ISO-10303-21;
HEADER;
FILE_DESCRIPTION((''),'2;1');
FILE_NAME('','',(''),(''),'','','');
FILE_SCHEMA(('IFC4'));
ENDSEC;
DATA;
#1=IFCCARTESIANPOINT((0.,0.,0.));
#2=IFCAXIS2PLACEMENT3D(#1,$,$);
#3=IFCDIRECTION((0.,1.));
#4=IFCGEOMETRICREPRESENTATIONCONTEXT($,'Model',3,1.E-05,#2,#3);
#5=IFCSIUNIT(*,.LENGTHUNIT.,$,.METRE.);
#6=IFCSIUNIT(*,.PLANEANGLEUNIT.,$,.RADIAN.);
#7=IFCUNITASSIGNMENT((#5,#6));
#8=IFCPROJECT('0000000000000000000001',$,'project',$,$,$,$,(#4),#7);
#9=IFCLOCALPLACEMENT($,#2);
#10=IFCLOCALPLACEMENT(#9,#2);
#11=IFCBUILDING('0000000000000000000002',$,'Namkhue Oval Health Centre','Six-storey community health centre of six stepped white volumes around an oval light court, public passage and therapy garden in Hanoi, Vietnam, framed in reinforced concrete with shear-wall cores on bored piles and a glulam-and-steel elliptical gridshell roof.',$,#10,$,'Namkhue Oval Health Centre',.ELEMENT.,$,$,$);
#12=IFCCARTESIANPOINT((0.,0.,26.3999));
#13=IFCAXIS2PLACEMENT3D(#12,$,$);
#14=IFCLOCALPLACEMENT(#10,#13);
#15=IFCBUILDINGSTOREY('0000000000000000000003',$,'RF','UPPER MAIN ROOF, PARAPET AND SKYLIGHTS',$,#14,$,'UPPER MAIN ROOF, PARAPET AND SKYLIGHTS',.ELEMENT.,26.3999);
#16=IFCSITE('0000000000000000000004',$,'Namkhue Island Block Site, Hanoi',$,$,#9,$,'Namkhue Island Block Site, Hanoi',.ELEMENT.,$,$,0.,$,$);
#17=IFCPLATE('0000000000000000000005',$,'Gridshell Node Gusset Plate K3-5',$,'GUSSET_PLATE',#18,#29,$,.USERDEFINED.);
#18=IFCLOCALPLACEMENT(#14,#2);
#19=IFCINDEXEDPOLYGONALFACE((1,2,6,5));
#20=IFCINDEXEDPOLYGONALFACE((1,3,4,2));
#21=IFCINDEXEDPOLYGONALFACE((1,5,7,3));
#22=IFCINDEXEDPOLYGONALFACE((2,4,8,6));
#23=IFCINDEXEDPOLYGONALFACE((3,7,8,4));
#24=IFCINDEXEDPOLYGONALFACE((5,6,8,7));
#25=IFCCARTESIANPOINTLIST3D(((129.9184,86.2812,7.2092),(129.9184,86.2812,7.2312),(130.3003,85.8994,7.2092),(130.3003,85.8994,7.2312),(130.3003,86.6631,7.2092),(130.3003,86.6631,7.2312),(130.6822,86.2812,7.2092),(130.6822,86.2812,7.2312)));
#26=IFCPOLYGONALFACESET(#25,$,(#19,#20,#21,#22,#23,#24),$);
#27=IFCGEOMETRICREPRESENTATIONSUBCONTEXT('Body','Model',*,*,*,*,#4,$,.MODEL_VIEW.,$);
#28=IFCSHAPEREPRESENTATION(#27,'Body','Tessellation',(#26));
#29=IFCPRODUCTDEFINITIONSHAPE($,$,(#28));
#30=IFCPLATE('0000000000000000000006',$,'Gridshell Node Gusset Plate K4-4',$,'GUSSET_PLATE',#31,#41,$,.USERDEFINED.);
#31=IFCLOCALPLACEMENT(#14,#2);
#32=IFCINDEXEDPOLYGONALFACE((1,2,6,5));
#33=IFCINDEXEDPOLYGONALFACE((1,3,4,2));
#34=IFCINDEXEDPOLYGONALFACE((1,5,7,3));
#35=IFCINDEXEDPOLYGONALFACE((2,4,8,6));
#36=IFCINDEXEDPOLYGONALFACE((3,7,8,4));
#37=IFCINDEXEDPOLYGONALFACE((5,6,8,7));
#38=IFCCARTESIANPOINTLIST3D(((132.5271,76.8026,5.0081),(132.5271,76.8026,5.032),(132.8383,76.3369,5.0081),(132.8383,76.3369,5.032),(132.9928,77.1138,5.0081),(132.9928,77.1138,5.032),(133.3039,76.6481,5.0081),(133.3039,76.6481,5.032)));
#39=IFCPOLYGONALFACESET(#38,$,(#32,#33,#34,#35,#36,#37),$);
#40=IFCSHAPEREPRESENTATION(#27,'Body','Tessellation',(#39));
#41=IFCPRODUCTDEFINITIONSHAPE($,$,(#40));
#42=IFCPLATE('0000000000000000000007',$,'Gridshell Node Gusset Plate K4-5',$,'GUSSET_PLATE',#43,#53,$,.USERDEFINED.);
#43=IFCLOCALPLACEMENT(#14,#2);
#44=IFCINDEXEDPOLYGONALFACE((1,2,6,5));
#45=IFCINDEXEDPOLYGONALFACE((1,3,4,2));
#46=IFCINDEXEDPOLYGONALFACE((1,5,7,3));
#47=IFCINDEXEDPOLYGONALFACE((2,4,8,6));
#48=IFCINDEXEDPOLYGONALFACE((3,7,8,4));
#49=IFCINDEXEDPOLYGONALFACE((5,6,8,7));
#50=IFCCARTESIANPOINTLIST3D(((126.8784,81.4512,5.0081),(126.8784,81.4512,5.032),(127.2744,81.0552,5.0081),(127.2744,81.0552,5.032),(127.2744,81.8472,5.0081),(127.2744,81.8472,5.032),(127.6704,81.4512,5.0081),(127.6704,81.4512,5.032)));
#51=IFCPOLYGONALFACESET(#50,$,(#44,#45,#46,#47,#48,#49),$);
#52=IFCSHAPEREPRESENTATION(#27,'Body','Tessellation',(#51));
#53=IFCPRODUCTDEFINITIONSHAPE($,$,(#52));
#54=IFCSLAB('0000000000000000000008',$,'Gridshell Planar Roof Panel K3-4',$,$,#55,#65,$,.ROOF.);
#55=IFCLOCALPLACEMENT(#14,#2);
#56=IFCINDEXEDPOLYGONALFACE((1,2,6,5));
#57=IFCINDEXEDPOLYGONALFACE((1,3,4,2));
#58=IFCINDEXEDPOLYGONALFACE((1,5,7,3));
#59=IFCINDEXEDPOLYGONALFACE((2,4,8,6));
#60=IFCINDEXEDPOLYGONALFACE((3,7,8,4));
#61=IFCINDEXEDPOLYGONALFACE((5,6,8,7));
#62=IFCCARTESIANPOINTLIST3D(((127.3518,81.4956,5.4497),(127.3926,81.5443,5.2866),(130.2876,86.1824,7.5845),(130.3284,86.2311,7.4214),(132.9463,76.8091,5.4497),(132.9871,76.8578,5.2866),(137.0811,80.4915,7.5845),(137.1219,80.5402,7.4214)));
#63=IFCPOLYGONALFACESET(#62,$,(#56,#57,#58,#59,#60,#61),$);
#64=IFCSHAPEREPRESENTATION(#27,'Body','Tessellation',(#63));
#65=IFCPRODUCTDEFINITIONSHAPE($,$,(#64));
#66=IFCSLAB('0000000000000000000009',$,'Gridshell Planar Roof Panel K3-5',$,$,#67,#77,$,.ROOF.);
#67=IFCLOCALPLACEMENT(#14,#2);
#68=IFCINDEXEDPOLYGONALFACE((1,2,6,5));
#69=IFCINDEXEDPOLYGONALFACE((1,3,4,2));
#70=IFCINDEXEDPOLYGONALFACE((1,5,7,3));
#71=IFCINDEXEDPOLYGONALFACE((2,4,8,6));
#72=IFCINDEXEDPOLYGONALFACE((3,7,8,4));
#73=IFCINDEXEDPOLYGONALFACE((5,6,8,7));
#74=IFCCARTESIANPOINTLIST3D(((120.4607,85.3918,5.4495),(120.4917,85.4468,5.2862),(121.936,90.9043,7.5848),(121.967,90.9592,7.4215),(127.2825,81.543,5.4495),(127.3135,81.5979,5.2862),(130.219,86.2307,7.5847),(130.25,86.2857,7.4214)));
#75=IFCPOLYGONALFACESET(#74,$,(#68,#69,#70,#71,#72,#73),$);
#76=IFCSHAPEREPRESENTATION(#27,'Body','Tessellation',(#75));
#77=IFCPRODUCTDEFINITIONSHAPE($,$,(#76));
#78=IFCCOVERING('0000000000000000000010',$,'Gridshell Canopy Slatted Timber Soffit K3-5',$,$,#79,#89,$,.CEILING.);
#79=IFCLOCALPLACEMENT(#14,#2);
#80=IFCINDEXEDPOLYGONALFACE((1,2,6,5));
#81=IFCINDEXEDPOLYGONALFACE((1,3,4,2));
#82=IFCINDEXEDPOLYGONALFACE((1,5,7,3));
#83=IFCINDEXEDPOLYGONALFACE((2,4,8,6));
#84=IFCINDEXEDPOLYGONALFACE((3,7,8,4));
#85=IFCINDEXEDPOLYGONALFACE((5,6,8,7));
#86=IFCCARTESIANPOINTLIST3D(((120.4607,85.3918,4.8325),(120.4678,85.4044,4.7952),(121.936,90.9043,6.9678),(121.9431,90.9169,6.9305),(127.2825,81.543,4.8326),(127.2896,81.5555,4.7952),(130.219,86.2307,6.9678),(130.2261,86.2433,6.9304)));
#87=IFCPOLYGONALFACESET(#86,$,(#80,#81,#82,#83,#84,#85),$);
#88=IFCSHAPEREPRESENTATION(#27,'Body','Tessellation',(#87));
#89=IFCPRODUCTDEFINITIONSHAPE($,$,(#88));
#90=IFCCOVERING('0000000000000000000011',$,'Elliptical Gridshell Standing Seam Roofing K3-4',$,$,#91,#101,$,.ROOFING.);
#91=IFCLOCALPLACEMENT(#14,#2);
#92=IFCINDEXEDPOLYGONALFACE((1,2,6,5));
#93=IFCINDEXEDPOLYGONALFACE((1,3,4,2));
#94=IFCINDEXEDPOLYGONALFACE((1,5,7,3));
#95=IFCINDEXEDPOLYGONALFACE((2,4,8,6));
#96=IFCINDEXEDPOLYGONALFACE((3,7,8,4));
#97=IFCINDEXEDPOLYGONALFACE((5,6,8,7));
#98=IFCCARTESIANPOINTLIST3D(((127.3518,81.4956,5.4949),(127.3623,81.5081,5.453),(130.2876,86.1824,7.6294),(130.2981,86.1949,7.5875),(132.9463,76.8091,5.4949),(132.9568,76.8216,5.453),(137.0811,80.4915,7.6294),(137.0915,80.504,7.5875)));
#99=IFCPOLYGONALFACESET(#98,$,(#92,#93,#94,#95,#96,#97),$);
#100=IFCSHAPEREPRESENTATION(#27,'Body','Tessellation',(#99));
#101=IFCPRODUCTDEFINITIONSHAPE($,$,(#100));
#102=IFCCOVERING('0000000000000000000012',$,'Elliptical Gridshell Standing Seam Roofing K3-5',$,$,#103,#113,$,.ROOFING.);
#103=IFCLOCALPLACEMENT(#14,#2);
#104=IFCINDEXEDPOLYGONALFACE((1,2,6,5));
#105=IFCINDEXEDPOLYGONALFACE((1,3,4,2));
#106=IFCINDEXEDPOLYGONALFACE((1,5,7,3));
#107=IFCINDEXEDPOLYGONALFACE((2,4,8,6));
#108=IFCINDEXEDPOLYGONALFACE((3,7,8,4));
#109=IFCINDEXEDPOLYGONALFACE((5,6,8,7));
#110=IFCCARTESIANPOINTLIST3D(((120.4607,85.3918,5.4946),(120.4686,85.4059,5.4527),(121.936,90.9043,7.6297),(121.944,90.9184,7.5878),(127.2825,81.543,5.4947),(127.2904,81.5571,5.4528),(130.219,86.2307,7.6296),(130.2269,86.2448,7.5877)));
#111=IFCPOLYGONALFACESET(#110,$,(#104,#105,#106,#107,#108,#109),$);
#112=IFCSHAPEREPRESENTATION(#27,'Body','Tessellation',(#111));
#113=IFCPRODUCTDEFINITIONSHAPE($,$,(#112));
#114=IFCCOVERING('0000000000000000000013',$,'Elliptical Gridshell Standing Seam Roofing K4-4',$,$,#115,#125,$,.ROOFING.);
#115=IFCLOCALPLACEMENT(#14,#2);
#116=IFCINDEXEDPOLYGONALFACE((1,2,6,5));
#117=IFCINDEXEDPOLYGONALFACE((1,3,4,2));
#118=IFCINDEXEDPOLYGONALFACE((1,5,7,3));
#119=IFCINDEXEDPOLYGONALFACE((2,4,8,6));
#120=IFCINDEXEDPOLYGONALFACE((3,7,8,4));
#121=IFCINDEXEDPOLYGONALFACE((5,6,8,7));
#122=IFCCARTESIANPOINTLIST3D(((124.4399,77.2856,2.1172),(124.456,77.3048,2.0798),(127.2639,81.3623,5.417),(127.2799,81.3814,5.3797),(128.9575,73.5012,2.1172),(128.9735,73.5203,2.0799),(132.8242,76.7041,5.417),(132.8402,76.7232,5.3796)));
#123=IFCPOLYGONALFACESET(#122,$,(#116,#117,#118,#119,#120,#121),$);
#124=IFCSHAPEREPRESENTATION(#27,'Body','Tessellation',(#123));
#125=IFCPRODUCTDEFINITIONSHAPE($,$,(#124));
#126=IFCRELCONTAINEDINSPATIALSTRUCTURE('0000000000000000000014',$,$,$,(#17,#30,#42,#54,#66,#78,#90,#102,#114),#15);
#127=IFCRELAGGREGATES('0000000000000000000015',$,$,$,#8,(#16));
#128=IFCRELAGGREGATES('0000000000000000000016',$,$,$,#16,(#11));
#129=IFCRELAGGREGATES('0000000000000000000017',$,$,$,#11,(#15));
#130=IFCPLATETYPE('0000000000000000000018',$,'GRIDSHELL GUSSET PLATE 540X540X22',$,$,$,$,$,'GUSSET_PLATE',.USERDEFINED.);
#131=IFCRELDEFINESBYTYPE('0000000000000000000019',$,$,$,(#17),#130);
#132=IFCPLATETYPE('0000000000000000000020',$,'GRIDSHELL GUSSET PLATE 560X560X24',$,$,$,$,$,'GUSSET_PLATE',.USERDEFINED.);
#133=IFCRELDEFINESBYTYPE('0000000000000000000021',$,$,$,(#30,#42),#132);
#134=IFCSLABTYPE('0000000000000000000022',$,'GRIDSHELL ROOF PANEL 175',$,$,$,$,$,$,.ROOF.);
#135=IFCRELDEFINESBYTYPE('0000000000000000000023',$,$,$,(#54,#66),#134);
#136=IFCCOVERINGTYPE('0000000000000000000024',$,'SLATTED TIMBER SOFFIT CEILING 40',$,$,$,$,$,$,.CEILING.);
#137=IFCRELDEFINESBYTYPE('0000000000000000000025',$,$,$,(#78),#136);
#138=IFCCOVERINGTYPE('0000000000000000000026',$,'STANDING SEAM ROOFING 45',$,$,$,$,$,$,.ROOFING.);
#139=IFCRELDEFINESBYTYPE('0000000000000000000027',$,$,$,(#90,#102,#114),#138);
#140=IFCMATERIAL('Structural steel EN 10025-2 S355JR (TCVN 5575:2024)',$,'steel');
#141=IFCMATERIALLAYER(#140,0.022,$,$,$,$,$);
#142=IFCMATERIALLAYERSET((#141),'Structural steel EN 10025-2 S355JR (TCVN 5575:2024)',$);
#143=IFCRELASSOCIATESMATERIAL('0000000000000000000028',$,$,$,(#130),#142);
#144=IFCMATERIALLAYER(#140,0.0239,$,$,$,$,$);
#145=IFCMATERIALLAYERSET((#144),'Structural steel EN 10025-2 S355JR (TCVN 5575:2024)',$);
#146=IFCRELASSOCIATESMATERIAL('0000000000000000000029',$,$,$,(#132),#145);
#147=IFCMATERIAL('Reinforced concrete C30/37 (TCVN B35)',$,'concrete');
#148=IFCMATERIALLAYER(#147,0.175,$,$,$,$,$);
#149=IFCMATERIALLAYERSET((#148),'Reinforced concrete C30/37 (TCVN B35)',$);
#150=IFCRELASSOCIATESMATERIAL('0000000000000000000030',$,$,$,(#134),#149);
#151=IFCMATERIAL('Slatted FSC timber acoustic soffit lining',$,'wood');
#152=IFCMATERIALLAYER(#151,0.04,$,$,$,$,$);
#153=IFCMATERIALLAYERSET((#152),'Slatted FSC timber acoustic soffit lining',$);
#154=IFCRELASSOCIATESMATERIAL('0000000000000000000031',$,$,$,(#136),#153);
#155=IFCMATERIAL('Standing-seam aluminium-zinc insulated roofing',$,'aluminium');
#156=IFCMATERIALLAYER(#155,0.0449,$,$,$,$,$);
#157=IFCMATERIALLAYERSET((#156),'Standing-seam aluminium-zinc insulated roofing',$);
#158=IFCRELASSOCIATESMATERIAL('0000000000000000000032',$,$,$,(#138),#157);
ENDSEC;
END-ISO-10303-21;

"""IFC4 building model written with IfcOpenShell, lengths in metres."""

from ifc_helpers import new_model, si_unit, direction, frame, origin, origin_2d, place, context, subcontext, project, spatial, polyline, rectangle, outline, extrude, material, layer, layer_set, type_object, element, save


model = new_model("IFC4")

# Units and contexts
model_context = context("Model", 3, precision=1e-05, world=origin(), true_north=direction((0.0, 1.0)))
body_context = subcontext(model_context, "Body", "Model", "MODEL_VIEW")
ifc_project = project(units=[si_unit("LENGTHUNIT", "METRE"), si_unit("PLANEANGLEUNIT", "RADIAN")], contexts=[model_context])

# Site, building, storey
site_placement = place(None, origin())
site = spatial("IfcSite", under=ifc_project, at=site_placement, Name="Namkhue Island Block Site, Hanoi", LongName="Namkhue Island Block Site, Hanoi", CompositionType="ELEMENT", RefElevation=0.0)
building_placement = place(site_placement, origin())
building = spatial("IfcBuilding", under=site, at=building_placement, Name="Namkhue Oval Health Centre", Description="Six-storey community health centre of six stepped white volumes around an oval light court, public passage and therapy garden in Hanoi, Vietnam, framed in reinforced concrete with shear-wall cores on bored piles and a glulam-and-steel elliptical gridshell roof.", LongName="Namkhue Oval Health Centre", CompositionType="ELEMENT")
storey_placement = place(building_placement, frame((0.0, 0.0, 26.3999)))
storey = spatial("IfcBuildingStorey", under=building, at=storey_placement, Name="RF", Description="UPPER MAIN ROOF, PARAPET AND SKYLIGHTS", LongName="UPPER MAIN ROOF, PARAPET AND SKYLIGHTS", CompositionType="ELEMENT", Elevation=26.3999)

# Shared definitions
ifc_material_1 = material(Name="Structural steel EN 10025-2 S355JR (TCVN 5575:2024)", Category="steel")

# Plates
ifc_layer_1 = layer(ifc_material_1, 0.022)
ifc_layer_set_1 = layer_set([ifc_layer_1], Name="Structural steel EN 10025-2 S355JR (TCVN 5575:2024)")
plate_type_1 = type_object("IfcPlateType", Name="GRIDSHELL GUSSET PLATE 540X540X22", ElementType="GUSSET_PLATE", PredefinedType="USERDEFINED", material=ifc_layer_set_1)
for number, where, z_axis, x_axis, name in (
    (1, (130.3003, 86.2812, 7.2092), (0.0, 0.0, 1.0), (0.707107, 0.707107, 0.0), "Gridshell Node Gusset Plate K3-5"),
):
    element("IfcPlate", number, at=place(storey_placement, frame(where, z_axis=z_axis, x_axis=x_axis)), inside=storey, type_object=plate_type_1, Name=name, ObjectType="GUSSET_PLATE", PredefinedType="USERDEFINED", context=body_context, shape_type="SweptSolid", body=[
        extrude(rectangle(XDim=0.54, YDim=0.54, at=origin_2d()), origin(), (0.0, 0.0, 1.0), 0.022),
    ])
ifc_layer_2 = layer(ifc_material_1, 0.0239)
ifc_layer_set_2 = layer_set([ifc_layer_2], Name="Structural steel EN 10025-2 S355JR (TCVN 5575:2024)")
plate_type_2 = type_object("IfcPlateType", Name="GRIDSHELL GUSSET PLATE 560X560X24", ElementType="GUSSET_PLATE", PredefinedType="USERDEFINED", material=ifc_layer_set_2)
for number, where, z_axis, x_axis, name in (
    (2, (132.9155, 76.7253, 5.0081), (0.0, 0.0, 1.0), (0.83147, 0.55557, 0.0), "Gridshell Node Gusset Plate K4-4"),
    (3, (127.2744, 81.4512, 5.0081), (0.0, 0.0, 1.0), (0.707107, 0.707107, 0.0), "Gridshell Node Gusset Plate K4-5"),
):
    element("IfcPlate", number, at=place(storey_placement, frame(where, z_axis=z_axis, x_axis=x_axis)), inside=storey, type_object=plate_type_2, Name=name, ObjectType="GUSSET_PLATE", PredefinedType="USERDEFINED", context=body_context, shape_type="SweptSolid", body=[
        extrude(rectangle(XDim=0.5601, YDim=0.5601, at=origin_2d()), origin(), (0.0, 0.0, 1.0), 0.0239),
    ])

# Slabs
ifc_material_2 = material(Name="Reinforced concrete C30/37 (TCVN B35)", Category="concrete")
ifc_layer_3 = layer(ifc_material_2, 0.175)
ifc_layer_set_3 = layer_set([ifc_layer_3], Name="Reinforced concrete C30/37 (TCVN B35)")
slab_type = type_object("IfcSlabType", Name="GRIDSHELL ROOF PANEL 175", PredefinedType="ROOF", material=ifc_layer_set_3)
slab_1_placement = place(storey_placement, frame((137.0811, 80.4915, 7.5845), z_axis=(-0.23317, -0.278343, 0.931749), x_axis=(-0.76657, 0.64216, 0.0)))
element("IfcSlab", 4, at=slab_1_placement, inside=storey, type_object=slab_type, Name="Gridshell Planar Roof Panel K3-4", PredefinedType="ROOF", context=body_context, shape_type="SweptSolid", body=[
    extrude(outline(polyline([(0.0, 0.0), (8.8621, 0.0), (8.103, 5.8792), (0.8049, 5.8792), (0.0, 0.0)])), origin(), (0.0, 0.0, -1.0), 0.175),
])
slab_2_placement = place(storey_placement, frame((130.219, 86.2307, 7.5847), z_axis=(-0.17712, -0.313918, 0.932783), x_axis=(-0.870928, 0.491411, 0.000004)))
element("IfcSlab", 5, at=slab_2_placement, inside=storey, type_object=slab_type, Name="Gridshell Planar Roof Panel K3-5", PredefinedType="ROOF", context=body_context, shape_type="SweptSolid", body=[
    extrude(outline(polyline([(0.0, 0.0), (9.5105, 0.0), (8.0865, 5.9241), (0.2539, 5.9239), (0.0, 0.0)])), origin(), (0.0, 0.0, -1.0), 0.175),
])

# Coverings
ifc_material_3 = material(Name="Slatted FSC timber acoustic soffit lining", Category="wood")
ifc_layer_4 = layer(ifc_material_3, 0.04)
ifc_layer_set_4 = layer_set([ifc_layer_4], Name="Slatted FSC timber acoustic soffit lining")
covering_type_1 = type_object("IfcCoveringType", Name="SLATTED TIMBER SOFFIT CEILING 40", PredefinedType="CEILING", material=ifc_layer_set_4)
covering_1_placement = place(storey_placement, frame((130.219, 86.2307, 6.9678), z_axis=(-0.17712, -0.313918, 0.932783), x_axis=(-0.870928, 0.491411, 0.000004)))
element("IfcCovering", 6, at=covering_1_placement, inside=storey, type_object=covering_type_1, Name="Gridshell Canopy Slatted Timber Soffit K3-5", PredefinedType="CEILING", context=body_context, shape_type="SweptSolid", body=[
    extrude(outline(polyline([(0.0, 0.0), (9.5105, 0.0), (8.0865, 5.9241), (0.2539, 5.9239), (0.0, 0.0)])), origin(), (0.0, 0.0, -1.0), 0.04),
])
ifc_material_4 = material(Name="Standing-seam aluminium-zinc insulated roofing", Category="aluminium")
ifc_layer_5 = layer(ifc_material_4, 0.0449)
ifc_layer_set_5 = layer_set([ifc_layer_5], Name="Standing-seam aluminium-zinc insulated roofing")
covering_type_2 = type_object("IfcCoveringType", Name="STANDING SEAM ROOFING 45", PredefinedType="ROOFING", material=ifc_layer_set_5)
covering_2_placement = place(storey_placement, frame((137.0811, 80.4915, 7.6294), z_axis=(-0.233146, -0.278316, 0.931763), x_axis=(-0.76657, 0.64216, 0.0)))
element("IfcCovering", 7, at=covering_2_placement, inside=storey, type_object=covering_type_2, Name="Elliptical Gridshell Standing Seam Roofing K3-4", PredefinedType="ROOFING", context=body_context, shape_type="SweptSolid", body=[
    extrude(outline(polyline([(0.0, 0.0), (8.8621, 0.0), (8.103, 5.8792), (0.8049, 5.8792), (0.0, 0.0)])), origin(), (0.0, 0.0, -1.0), 0.0449),
])
covering_3_placement = place(storey_placement, frame((130.219, 86.2307, 7.6296), z_axis=(-0.177103, -0.313887, 0.932797), x_axis=(-0.870928, 0.491411, 0.000004)))
element("IfcCovering", 8, at=covering_3_placement, inside=storey, type_object=covering_type_2, Name="Elliptical Gridshell Standing Seam Roofing K3-5", PredefinedType="ROOFING", context=body_context, shape_type="SweptSolid", body=[
    extrude(outline(polyline([(0.0, 0.0), (9.5105, 0.0), (8.0865, 5.924), (0.2539, 5.9238), (0.0, 0.0)])), origin(), (0.0, 0.0, -1.0), 0.0449),
])
covering_4_placement = place(storey_placement, frame((132.8242, 76.7041, 5.417), z_axis=(-0.356779, -0.425884, 0.831463), x_axis=(-0.766552, 0.642182, 0.000006)))
element("IfcCovering", 9, at=covering_4_placement, inside=storey, type_object=covering_type_2, Name="Elliptical Gridshell Standing Seam Roofing K4-4", PredefinedType="ROOFING", context=body_context, shape_type="SweptSolid", body=[
    extrude(outline(polyline([(0.0, 0.0), (7.2537, 0.0), (6.8004, 5.9395), (0.9072, 5.9393), (0.0, 0.0)])), origin(), (0.0, 0.0, -1.0), 0.0449),
])

save(model, "model.ifc")
